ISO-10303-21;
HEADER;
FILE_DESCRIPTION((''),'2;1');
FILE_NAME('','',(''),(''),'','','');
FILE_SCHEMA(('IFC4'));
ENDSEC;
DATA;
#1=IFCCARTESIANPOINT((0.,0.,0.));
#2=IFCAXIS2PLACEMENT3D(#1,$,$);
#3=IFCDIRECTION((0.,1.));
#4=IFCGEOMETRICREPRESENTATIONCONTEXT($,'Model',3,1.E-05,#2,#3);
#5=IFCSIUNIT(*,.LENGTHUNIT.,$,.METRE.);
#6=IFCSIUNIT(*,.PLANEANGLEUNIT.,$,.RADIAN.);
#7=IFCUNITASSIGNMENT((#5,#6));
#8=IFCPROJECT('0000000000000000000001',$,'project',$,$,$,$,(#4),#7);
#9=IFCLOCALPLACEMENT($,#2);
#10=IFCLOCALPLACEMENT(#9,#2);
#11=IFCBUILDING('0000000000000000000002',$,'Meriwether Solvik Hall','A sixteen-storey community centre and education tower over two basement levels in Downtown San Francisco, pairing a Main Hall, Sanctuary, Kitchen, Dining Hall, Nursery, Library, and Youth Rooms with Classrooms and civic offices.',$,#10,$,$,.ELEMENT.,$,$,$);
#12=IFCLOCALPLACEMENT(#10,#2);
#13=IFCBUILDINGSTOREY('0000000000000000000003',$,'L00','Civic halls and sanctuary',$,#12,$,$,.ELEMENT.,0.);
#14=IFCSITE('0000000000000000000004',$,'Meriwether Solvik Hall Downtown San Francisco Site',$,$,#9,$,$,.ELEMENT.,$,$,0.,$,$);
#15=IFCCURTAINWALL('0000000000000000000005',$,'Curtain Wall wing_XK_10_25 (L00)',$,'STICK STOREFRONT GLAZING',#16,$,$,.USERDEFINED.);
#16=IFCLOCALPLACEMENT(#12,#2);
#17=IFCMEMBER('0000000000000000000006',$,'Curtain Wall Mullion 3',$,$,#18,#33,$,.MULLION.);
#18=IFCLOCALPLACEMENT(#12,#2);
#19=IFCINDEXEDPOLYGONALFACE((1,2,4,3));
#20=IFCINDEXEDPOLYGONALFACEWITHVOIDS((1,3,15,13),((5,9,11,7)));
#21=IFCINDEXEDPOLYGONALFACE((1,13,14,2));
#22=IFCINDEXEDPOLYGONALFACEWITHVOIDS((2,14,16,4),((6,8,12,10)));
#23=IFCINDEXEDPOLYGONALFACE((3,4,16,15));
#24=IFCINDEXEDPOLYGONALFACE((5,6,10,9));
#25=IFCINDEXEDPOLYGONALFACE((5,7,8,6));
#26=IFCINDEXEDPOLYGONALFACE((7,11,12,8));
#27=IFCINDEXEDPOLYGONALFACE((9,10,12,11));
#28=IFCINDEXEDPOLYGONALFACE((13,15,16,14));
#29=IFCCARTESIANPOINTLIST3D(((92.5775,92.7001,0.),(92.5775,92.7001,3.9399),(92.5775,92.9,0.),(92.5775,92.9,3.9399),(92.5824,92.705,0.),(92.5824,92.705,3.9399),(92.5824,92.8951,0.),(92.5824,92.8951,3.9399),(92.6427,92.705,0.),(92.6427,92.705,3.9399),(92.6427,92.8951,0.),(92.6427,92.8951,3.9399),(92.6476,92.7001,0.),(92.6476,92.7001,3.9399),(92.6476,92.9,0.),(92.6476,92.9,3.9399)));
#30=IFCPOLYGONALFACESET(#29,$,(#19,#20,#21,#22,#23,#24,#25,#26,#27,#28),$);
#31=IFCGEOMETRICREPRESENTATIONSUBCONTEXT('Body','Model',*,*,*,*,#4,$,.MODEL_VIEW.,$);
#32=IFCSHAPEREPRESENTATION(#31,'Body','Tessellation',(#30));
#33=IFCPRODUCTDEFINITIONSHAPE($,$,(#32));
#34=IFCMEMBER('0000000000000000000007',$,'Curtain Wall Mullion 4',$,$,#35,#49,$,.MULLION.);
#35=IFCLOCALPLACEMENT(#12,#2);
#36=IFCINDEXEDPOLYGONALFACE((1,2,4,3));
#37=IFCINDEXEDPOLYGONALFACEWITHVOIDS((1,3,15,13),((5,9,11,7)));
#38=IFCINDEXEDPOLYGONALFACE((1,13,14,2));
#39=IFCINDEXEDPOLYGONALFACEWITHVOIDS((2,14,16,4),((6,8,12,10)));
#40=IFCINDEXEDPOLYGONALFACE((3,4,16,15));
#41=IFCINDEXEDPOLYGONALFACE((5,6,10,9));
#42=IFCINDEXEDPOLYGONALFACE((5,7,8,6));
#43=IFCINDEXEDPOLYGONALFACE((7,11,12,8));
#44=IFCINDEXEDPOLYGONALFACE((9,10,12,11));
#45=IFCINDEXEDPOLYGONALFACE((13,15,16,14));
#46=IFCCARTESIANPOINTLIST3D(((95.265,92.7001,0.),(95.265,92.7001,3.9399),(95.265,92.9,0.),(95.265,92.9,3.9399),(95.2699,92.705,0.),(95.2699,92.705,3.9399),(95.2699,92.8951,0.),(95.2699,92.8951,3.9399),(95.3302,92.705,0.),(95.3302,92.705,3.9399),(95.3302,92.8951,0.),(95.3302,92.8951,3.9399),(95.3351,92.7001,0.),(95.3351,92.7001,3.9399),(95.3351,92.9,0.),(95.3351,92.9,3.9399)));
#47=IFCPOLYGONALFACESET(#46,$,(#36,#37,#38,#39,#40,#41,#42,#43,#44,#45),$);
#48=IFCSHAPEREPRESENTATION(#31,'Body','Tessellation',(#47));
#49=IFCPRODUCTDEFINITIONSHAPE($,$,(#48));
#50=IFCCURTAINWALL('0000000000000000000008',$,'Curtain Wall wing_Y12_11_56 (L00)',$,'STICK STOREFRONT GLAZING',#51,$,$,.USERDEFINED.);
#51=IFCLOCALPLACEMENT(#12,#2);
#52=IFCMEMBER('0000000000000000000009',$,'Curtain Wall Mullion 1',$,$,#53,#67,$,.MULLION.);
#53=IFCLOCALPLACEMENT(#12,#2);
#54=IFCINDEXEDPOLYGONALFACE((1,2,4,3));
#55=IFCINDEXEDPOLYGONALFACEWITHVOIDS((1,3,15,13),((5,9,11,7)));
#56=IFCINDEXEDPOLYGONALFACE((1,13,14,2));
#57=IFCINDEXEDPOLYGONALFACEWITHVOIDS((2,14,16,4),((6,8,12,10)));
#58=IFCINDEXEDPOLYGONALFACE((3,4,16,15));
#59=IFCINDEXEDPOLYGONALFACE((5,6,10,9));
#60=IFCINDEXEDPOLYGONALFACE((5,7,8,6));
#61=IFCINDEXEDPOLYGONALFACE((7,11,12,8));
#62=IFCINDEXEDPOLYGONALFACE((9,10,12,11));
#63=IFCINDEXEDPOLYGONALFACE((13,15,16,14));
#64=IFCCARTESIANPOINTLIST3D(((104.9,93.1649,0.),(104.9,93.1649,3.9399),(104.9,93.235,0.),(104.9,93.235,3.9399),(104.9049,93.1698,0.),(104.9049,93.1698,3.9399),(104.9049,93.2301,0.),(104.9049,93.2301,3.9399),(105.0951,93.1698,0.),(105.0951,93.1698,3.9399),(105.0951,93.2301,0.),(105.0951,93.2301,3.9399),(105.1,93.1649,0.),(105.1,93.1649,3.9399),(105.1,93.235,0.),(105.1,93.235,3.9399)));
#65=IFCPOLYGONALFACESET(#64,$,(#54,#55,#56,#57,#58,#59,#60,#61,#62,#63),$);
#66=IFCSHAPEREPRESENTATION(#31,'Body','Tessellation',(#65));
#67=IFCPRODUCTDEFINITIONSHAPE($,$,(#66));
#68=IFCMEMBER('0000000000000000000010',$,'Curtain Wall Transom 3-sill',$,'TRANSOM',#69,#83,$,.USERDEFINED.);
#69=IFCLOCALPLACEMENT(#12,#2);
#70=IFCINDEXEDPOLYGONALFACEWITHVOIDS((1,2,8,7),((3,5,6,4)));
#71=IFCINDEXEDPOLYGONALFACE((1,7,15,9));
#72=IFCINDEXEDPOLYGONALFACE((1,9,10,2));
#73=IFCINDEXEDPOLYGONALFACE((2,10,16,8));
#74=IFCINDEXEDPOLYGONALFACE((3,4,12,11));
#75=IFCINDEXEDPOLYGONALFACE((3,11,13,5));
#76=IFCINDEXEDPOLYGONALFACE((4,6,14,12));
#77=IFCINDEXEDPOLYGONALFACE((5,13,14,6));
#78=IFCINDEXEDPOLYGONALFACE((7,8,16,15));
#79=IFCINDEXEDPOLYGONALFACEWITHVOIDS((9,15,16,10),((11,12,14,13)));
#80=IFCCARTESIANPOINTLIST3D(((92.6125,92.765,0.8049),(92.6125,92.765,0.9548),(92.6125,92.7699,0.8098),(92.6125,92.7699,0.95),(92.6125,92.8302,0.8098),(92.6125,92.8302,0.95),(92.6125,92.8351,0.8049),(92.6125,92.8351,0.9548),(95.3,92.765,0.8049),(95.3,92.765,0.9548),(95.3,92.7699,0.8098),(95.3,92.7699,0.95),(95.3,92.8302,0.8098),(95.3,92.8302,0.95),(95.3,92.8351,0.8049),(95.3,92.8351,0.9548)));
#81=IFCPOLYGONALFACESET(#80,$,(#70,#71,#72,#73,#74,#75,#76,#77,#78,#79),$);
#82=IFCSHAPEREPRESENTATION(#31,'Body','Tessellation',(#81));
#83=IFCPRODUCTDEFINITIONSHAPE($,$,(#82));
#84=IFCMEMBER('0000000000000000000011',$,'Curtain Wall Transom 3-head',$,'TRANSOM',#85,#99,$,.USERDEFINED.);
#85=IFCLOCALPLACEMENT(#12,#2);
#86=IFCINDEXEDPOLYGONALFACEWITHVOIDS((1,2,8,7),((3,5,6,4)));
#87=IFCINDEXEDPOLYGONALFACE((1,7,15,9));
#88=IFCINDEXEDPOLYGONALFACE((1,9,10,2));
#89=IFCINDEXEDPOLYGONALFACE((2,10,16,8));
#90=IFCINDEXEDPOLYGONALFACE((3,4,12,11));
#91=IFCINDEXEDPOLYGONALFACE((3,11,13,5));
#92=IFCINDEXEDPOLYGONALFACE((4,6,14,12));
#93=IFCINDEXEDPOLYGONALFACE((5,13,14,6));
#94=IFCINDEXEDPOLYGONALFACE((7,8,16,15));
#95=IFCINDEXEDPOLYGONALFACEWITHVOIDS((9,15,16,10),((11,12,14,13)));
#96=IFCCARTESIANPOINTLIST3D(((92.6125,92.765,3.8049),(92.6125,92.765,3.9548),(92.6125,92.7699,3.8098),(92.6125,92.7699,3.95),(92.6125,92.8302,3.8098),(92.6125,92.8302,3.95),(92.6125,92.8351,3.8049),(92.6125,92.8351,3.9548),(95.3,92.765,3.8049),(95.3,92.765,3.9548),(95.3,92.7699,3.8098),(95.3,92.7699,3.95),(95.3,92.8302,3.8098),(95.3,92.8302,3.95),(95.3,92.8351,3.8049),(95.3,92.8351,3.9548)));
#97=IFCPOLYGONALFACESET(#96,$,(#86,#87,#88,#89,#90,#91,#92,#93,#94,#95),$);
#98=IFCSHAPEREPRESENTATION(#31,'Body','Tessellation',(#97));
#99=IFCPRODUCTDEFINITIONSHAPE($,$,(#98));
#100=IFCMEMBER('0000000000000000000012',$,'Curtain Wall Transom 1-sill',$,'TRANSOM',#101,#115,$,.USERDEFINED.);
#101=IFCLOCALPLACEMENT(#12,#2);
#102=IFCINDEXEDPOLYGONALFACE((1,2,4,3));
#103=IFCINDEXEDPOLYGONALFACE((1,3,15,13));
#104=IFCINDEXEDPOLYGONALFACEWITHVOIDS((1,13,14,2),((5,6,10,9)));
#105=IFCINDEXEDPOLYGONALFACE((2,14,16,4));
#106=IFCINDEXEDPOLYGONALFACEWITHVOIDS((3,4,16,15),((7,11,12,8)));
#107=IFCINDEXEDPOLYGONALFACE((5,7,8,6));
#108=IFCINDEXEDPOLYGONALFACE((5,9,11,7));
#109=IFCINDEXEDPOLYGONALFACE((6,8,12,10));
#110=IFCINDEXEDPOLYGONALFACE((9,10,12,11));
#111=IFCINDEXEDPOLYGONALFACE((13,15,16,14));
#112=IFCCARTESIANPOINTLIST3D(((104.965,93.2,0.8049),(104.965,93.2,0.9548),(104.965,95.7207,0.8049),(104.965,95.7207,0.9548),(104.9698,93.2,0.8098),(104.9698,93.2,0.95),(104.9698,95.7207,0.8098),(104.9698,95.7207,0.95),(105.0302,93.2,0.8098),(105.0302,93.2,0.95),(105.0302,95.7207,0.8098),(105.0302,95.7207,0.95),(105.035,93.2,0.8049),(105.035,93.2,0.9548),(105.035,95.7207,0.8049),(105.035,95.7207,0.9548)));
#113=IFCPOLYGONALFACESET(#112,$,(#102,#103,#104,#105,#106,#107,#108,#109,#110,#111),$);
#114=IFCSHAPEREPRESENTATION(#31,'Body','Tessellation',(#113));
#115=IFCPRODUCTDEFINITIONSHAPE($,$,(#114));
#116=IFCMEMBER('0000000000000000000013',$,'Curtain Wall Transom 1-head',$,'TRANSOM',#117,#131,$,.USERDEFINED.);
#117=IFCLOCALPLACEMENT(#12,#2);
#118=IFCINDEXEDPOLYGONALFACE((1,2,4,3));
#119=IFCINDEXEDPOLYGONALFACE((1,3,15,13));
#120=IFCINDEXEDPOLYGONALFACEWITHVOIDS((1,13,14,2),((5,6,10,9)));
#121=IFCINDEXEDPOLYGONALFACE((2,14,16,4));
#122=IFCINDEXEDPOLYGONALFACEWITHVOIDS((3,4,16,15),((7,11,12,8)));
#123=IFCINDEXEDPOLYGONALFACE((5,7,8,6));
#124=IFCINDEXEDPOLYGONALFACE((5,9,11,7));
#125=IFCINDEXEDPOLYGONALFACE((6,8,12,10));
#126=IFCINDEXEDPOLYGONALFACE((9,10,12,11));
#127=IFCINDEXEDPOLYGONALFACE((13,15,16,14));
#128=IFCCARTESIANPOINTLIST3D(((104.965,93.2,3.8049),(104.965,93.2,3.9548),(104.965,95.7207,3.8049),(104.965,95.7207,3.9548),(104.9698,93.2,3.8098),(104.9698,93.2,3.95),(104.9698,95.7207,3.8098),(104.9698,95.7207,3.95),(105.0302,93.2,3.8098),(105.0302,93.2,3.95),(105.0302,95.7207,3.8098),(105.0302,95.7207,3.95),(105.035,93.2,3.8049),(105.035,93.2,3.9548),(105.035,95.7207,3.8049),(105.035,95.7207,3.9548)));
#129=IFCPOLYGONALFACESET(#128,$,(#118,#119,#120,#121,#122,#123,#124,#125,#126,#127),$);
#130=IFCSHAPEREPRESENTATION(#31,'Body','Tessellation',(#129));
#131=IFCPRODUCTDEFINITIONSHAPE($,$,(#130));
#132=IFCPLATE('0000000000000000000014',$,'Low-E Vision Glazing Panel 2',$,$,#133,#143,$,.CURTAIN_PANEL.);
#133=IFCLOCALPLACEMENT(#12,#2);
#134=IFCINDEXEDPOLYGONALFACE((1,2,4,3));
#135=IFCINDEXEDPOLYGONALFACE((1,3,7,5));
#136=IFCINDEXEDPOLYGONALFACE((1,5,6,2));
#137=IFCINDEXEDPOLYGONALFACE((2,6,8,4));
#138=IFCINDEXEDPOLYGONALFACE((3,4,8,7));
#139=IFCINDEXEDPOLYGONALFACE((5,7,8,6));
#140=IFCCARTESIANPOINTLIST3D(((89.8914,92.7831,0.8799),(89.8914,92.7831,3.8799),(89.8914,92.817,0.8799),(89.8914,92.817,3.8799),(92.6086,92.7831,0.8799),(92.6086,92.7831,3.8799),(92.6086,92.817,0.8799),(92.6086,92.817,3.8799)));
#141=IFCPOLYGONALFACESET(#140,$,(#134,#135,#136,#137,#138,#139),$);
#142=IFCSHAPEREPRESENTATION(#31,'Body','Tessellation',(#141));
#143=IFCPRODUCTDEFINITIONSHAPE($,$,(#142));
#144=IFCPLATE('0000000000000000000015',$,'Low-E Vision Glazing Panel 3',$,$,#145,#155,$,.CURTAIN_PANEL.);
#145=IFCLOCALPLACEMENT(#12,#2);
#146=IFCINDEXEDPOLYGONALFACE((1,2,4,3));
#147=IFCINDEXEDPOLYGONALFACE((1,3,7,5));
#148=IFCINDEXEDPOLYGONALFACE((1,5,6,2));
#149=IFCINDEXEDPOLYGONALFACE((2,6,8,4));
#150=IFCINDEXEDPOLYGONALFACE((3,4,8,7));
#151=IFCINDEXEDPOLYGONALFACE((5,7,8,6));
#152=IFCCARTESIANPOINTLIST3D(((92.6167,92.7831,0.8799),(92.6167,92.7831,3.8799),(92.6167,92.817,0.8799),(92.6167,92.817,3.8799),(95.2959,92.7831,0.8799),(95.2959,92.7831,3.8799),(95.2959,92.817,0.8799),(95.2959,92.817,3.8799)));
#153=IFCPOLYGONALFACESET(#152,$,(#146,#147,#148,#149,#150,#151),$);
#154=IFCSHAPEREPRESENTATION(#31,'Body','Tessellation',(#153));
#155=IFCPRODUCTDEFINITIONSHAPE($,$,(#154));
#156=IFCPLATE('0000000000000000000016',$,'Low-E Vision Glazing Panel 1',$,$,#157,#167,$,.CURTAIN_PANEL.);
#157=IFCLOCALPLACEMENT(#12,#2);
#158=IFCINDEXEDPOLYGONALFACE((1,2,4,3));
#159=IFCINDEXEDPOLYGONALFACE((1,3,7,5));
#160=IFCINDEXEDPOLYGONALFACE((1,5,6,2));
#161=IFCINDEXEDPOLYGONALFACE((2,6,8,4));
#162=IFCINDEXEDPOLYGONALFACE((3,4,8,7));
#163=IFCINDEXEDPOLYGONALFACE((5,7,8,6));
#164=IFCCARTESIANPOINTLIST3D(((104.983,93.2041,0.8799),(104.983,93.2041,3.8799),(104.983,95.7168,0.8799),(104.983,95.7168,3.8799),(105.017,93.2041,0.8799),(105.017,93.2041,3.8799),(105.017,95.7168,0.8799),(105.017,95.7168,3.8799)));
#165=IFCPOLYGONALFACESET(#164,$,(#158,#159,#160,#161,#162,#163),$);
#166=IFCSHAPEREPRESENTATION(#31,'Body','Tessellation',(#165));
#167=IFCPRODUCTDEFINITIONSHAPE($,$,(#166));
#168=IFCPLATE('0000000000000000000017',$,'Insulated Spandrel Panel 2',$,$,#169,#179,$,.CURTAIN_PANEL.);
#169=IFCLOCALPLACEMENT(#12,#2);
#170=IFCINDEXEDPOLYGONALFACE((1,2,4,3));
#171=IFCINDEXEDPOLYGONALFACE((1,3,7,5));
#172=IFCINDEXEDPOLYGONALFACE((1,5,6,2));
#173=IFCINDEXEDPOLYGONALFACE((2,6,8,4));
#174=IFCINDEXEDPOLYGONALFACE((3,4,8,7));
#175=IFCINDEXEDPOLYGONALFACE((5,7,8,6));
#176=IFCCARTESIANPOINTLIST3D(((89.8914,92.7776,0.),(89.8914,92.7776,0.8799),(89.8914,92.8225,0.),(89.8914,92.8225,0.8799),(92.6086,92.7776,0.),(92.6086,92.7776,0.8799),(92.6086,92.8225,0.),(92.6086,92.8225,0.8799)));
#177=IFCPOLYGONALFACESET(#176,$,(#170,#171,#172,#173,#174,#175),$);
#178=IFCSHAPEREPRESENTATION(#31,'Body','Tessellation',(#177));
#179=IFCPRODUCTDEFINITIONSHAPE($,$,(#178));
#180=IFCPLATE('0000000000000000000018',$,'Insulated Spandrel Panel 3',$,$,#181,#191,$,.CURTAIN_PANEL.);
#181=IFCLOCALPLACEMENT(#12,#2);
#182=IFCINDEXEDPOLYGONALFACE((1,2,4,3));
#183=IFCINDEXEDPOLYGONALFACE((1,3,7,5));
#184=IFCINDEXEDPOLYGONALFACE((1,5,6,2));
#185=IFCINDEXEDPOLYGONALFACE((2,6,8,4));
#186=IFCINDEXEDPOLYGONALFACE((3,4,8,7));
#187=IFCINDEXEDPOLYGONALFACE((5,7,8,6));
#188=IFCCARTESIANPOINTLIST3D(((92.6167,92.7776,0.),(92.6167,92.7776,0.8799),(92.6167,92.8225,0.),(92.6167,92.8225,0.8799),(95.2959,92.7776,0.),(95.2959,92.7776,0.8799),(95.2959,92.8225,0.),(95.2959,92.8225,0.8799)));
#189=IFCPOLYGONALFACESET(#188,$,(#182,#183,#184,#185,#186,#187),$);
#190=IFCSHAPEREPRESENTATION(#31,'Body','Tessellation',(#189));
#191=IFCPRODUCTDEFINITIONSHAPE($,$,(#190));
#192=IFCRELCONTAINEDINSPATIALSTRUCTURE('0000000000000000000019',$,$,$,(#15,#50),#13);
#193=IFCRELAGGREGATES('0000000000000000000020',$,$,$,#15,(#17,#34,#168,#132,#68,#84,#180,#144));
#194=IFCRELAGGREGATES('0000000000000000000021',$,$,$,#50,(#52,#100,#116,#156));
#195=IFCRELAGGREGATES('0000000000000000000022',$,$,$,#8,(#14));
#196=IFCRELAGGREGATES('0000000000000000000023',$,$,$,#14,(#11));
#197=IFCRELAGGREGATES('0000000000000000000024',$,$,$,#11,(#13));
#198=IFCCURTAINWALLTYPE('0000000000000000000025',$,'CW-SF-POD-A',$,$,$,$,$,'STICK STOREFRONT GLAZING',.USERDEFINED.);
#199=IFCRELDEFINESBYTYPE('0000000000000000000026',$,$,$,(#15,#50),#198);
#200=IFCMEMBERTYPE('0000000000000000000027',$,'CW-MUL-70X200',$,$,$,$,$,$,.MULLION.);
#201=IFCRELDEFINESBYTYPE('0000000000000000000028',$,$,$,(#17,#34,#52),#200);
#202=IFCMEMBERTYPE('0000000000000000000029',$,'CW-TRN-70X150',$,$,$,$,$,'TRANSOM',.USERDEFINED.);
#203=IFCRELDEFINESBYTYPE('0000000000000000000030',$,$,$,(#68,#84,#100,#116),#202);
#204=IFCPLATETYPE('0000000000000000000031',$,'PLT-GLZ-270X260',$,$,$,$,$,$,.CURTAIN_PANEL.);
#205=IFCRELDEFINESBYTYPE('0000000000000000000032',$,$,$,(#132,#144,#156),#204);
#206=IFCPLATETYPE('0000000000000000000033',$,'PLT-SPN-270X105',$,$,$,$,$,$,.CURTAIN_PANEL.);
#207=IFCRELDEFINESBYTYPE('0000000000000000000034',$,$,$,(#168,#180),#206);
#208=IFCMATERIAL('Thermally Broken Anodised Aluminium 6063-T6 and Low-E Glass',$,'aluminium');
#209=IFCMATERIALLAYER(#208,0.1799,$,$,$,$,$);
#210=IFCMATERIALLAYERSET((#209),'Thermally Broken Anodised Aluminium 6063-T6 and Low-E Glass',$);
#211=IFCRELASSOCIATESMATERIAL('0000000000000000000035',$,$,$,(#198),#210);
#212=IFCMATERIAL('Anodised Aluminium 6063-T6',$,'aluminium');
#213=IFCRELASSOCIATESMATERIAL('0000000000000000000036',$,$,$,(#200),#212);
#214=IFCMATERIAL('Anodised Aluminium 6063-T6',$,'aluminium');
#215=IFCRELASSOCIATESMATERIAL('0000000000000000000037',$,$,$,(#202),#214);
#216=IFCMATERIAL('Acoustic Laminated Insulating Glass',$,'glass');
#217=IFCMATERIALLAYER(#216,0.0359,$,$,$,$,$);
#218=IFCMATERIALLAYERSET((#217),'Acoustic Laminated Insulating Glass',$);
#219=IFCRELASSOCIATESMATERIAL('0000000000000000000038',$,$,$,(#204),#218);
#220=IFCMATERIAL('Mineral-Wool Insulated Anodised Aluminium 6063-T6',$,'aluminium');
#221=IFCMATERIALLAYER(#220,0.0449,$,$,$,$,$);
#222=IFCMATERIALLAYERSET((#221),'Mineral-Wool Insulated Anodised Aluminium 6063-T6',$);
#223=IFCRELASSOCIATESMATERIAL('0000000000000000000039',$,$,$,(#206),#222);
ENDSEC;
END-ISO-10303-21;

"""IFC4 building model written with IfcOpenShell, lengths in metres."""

from ifc_helpers import new_model, si_unit, direction, frame, origin, origin_2d, place, context, subcontext, project, spatial, rectangle, hollow_rectangle, extrude, material, layer, layer_set, material_profile, profile_set, type_object, element, aggregate, save


model = new_model("IFC4")

# Units and contexts
model_context = context("Model", 3, precision=1e-05, world=origin(), true_north=direction((0.0, 1.0)))
body_context = subcontext(model_context, "Body", "Model", "MODEL_VIEW")
ifc_project = project(units=[si_unit("LENGTHUNIT", "METRE"), si_unit("PLANEANGLEUNIT", "RADIAN")], contexts=[model_context])

# Site, building, storey
site_placement = place(None, origin())
site = spatial("IfcSite", under=ifc_project, at=site_placement, Name="Meriwether Solvik Hall Downtown San Francisco Site", CompositionType="ELEMENT", RefElevation=0.0)
building_placement = place(site_placement, origin())
building = spatial("IfcBuilding", under=site, at=building_placement, Name="Meriwether Solvik Hall", Description="A sixteen-storey community centre and education tower over two basement levels in Downtown San Francisco, pairing a Main Hall, Sanctuary, Kitchen, Dining Hall, Nursery, Library, and Youth Rooms with Classrooms and civic offices.", CompositionType="ELEMENT")
storey_placement = place(building_placement, origin())
storey = spatial("IfcBuildingStorey", under=building, at=storey_placement, Name="L00", Description="Civic halls and sanctuary", CompositionType="ELEMENT", Elevation=0.0)

# Curtain wall, members
ifc_material_1 = material(Name="Thermally Broken Anodised Aluminium 6063-T6 and Low-E Glass", Category="aluminium")
ifc_layer_1 = layer(ifc_material_1, 0.1799)
ifc_layer_set_1 = layer_set([ifc_layer_1], Name="Thermally Broken Anodised Aluminium 6063-T6 and Low-E Glass")
curtain_wall_type = type_object("IfcCurtainWallType", Name="CW-SF-POD-A", ElementType="STICK STOREFRONT GLAZING", PredefinedType="USERDEFINED", material=ifc_layer_set_1)
curtain_wall_1_placement = place(storey_placement, origin())
curtain_wall_1 = element("IfcCurtainWall", 1, at=curtain_wall_1_placement, inside=storey, type_object=curtain_wall_type, Name="Curtain Wall wing_XK_10_25 (L00)", ObjectType="STICK STOREFRONT GLAZING", PredefinedType="USERDEFINED")
ifc_material_2 = material(Name="Anodised Aluminium 6063-T6", Category="aluminium")
ifc_material_profile_1 = material_profile(ifc_material_2, hollow_rectangle(XDim=0.0701, YDim=0.2, WallThickness=0.0049, at=origin_2d()), Name="CWM-70X200")
ifc_profile_set_1 = profile_set([ifc_material_profile_1], Name="Anodised Aluminium 6063-T6")
member_type_1 = type_object("IfcMemberType", Name="CW-MUL-70X200", PredefinedType="MULLION", material=ifc_profile_set_1)
member_1_placement = place(storey_placement, frame((92.6125, 92.8, 0.0), z_axis=(0.0, 0.0, 1.0), x_axis=(1.0, 0.0, 0.0)))
member_1 = element("IfcMember", 2, at=member_1_placement, type_object=member_type_1, Name="Curtain Wall Mullion 3", PredefinedType="MULLION", context=body_context, shape_type="SweptSolid", body=[
    extrude(hollow_rectangle(XDim=0.0701, YDim=0.2, WallThickness=0.0049, at=origin_2d()), origin(), (0.0, 0.0, 1.0), 3.9399),
])
member_2_placement = place(storey_placement, frame((95.3, 92.8, 0.0), z_axis=(0.0, 0.0, 1.0), x_axis=(1.0, 0.0, 0.0)))
member_2 = element("IfcMember", 3, at=member_2_placement, type_object=member_type_1, Name="Curtain Wall Mullion 4", PredefinedType="MULLION", context=body_context, shape_type="SweptSolid", body=[
    extrude(hollow_rectangle(XDim=0.0701, YDim=0.2, WallThickness=0.0049, at=origin_2d()), origin(), (0.0, 0.0, 1.0), 3.9399),
])

# Curtain wall, member
curtain_wall_2_placement = place(storey_placement, origin())
curtain_wall_2 = element("IfcCurtainWall", 4, at=curtain_wall_2_placement, inside=storey, type_object=curtain_wall_type, Name="Curtain Wall wing_Y12_11_56 (L00)", ObjectType="STICK STOREFRONT GLAZING", PredefinedType="USERDEFINED")
member_3_placement = place(storey_placement, frame((105.0, 93.2, 0.0), z_axis=(0.0, 0.0, 1.0), x_axis=(0.0, 1.0, 0.0)))
member_3 = element("IfcMember", 5, at=member_3_placement, type_object=member_type_1, Name="Curtain Wall Mullion 1", PredefinedType="MULLION", context=body_context, shape_type="SweptSolid", body=[
    extrude(hollow_rectangle(XDim=0.0701, YDim=0.2, WallThickness=0.0049, at=origin_2d()), origin(), (0.0, 0.0, 1.0), 3.9399),
])

# Members
ifc_material_3 = material(Name="Anodised Aluminium 6063-T6", Category="aluminium")
ifc_material_profile_2 = material_profile(ifc_material_3, hollow_rectangle(XDim=0.0701, YDim=0.1499, WallThickness=0.0049, at=origin_2d()), Name="CWT-70X150")
ifc_profile_set_2 = profile_set([ifc_material_profile_2], Name="Anodised Aluminium 6063-T6")
member_type_2 = type_object("IfcMemberType", Name="CW-TRN-70X150", ElementType="TRANSOM", PredefinedType="USERDEFINED", material=ifc_profile_set_2)
member_4_placement = place(storey_placement, frame((92.6125, 92.8, 0.8799), z_axis=(1.0, 0.0, 0.0), x_axis=(0.0, 1.0, 0.0)))
member_4 = element("IfcMember", 6, at=member_4_placement, type_object=member_type_2, Name="Curtain Wall Transom 3-sill", ObjectType="TRANSOM", PredefinedType="USERDEFINED", context=body_context, shape_type="SweptSolid", body=[
    extrude(hollow_rectangle(XDim=0.0701, YDim=0.1499, WallThickness=0.0049, at=origin_2d()), origin(), (0.0, 0.0, 1.0), 2.6875),
])
member_5_placement = place(storey_placement, frame((92.6125, 92.8, 3.8799), z_axis=(1.0, 0.0, 0.0), x_axis=(0.0, 1.0, 0.0)))
member_5 = element("IfcMember", 7, at=member_5_placement, type_object=member_type_2, Name="Curtain Wall Transom 3-head", ObjectType="TRANSOM", PredefinedType="USERDEFINED", context=body_context, shape_type="SweptSolid", body=[
    extrude(hollow_rectangle(XDim=0.0701, YDim=0.1499, WallThickness=0.0049, at=origin_2d()), origin(), (0.0, 0.0, 1.0), 2.6875),
])
member_6_placement = place(storey_placement, frame((105.0, 93.2, 0.8799), z_axis=(0.0, 1.0, 0.0), x_axis=(-1.0, 0.0, 0.0)))
member_6 = element("IfcMember", 8, at=member_6_placement, type_object=member_type_2, Name="Curtain Wall Transom 1-sill", ObjectType="TRANSOM", PredefinedType="USERDEFINED", context=body_context, shape_type="SweptSolid", body=[
    extrude(hollow_rectangle(XDim=0.0701, YDim=0.1499, WallThickness=0.0049, at=origin_2d()), origin(), (0.0, 0.0, 1.0), 2.5208),
])
member_7_placement = place(storey_placement, frame((105.0, 93.2, 3.8799), z_axis=(0.0, 1.0, 0.0), x_axis=(-1.0, 0.0, 0.0)))
member_7 = element("IfcMember", 9, at=member_7_placement, type_object=member_type_2, Name="Curtain Wall Transom 1-head", ObjectType="TRANSOM", PredefinedType="USERDEFINED", context=body_context, shape_type="SweptSolid", body=[
    extrude(hollow_rectangle(XDim=0.0701, YDim=0.1499, WallThickness=0.0049, at=origin_2d()), origin(), (0.0, 0.0, 1.0), 2.5208),
])

# Plates
ifc_material_4 = material(Name="Acoustic Laminated Insulating Glass", Category="glass")
ifc_layer_2 = layer(ifc_material_4, 0.0359)
ifc_layer_set_2 = layer_set([ifc_layer_2], Name="Acoustic Laminated Insulating Glass")
plate_type_1 = type_object("IfcPlateType", Name="PLT-GLZ-270X260", PredefinedType="CURTAIN_PANEL", material=ifc_layer_set_2)
plate_1_placement = place(storey_placement, frame((91.25, 92.8, 0.8799), z_axis=(0.0, 0.0, 1.0), x_axis=(1.0, 0.0, 0.0)))
plate_1 = element("IfcPlate", 10, at=plate_1_placement, type_object=plate_type_1, Name="Low-E Vision Glazing Panel 2", PredefinedType="CURTAIN_PANEL", context=body_context, shape_type="SweptSolid", body=[
    extrude(rectangle(XDim=2.7173, YDim=0.0339, at=origin_2d()), origin(), (0.0, 0.0, 1.0), 3.0),
])
plate_2_placement = place(storey_placement, frame((93.9563, 92.8, 0.8799), z_axis=(0.0, 0.0, 1.0), x_axis=(1.0, 0.0, 0.0)))
plate_2 = element("IfcPlate", 11, at=plate_2_placement, type_object=plate_type_1, Name="Low-E Vision Glazing Panel 3", PredefinedType="CURTAIN_PANEL", context=body_context, shape_type="SweptSolid", body=[
    extrude(rectangle(XDim=2.6792, YDim=0.0339, at=origin_2d()), origin(), (0.0, 0.0, 1.0), 3.0),
])
plate_3_placement = place(storey_placement, frame((105.0, 94.4604, 0.8799), z_axis=(0.0, 0.0, 1.0), x_axis=(0.0, 1.0, 0.0)))
plate_3 = element("IfcPlate", 12, at=plate_3_placement, type_object=plate_type_1, Name="Low-E Vision Glazing Panel 1", PredefinedType="CURTAIN_PANEL", context=body_context, shape_type="SweptSolid", body=[
    extrude(rectangle(XDim=2.5127, YDim=0.0339, at=origin_2d()), origin(), (0.0, 0.0, 1.0), 3.0),
])
ifc_material_5 = material(Name="Mineral-Wool Insulated Anodised Aluminium 6063-T6", Category="aluminium")
ifc_layer_3 = layer(ifc_material_5, 0.0449)
ifc_layer_set_3 = layer_set([ifc_layer_3], Name="Mineral-Wool Insulated Anodised Aluminium 6063-T6")
plate_type_2 = type_object("IfcPlateType", Name="PLT-SPN-270X105", PredefinedType="CURTAIN_PANEL", material=ifc_layer_set_3)
plate_4_placement = place(storey_placement, frame((91.25, 92.8, 0.0), z_axis=(0.0, 0.0, 1.0), x_axis=(1.0, 0.0, 0.0)))
plate_4 = element("IfcPlate", 13, at=plate_4_placement, type_object=plate_type_2, Name="Insulated Spandrel Panel 2", PredefinedType="CURTAIN_PANEL", context=body_context, shape_type="SweptSolid", body=[
    extrude(rectangle(XDim=2.7173, YDim=0.0449, at=origin_2d()), origin(), (0.0, 0.0, 1.0), 0.8799),
])
plate_5_placement = place(storey_placement, frame((93.9563, 92.8, 0.0), z_axis=(0.0, 0.0, 1.0), x_axis=(1.0, 0.0, 0.0)))
plate_5 = element("IfcPlate", 14, at=plate_5_placement, type_object=plate_type_2, Name="Insulated Spandrel Panel 3", PredefinedType="CURTAIN_PANEL", context=body_context, shape_type="SweptSolid", body=[
    extrude(rectangle(XDim=2.6792, YDim=0.0449, at=origin_2d()), origin(), (0.0, 0.0, 1.0), 0.8799),
])
aggregate(curtain_wall_1, [member_1, member_2, plate_4, plate_1, member_4, member_5, plate_5, plate_2])
aggregate(curtain_wall_2, [member_3, member_6, member_7, plate_3])

save(model, "model.ifc")
